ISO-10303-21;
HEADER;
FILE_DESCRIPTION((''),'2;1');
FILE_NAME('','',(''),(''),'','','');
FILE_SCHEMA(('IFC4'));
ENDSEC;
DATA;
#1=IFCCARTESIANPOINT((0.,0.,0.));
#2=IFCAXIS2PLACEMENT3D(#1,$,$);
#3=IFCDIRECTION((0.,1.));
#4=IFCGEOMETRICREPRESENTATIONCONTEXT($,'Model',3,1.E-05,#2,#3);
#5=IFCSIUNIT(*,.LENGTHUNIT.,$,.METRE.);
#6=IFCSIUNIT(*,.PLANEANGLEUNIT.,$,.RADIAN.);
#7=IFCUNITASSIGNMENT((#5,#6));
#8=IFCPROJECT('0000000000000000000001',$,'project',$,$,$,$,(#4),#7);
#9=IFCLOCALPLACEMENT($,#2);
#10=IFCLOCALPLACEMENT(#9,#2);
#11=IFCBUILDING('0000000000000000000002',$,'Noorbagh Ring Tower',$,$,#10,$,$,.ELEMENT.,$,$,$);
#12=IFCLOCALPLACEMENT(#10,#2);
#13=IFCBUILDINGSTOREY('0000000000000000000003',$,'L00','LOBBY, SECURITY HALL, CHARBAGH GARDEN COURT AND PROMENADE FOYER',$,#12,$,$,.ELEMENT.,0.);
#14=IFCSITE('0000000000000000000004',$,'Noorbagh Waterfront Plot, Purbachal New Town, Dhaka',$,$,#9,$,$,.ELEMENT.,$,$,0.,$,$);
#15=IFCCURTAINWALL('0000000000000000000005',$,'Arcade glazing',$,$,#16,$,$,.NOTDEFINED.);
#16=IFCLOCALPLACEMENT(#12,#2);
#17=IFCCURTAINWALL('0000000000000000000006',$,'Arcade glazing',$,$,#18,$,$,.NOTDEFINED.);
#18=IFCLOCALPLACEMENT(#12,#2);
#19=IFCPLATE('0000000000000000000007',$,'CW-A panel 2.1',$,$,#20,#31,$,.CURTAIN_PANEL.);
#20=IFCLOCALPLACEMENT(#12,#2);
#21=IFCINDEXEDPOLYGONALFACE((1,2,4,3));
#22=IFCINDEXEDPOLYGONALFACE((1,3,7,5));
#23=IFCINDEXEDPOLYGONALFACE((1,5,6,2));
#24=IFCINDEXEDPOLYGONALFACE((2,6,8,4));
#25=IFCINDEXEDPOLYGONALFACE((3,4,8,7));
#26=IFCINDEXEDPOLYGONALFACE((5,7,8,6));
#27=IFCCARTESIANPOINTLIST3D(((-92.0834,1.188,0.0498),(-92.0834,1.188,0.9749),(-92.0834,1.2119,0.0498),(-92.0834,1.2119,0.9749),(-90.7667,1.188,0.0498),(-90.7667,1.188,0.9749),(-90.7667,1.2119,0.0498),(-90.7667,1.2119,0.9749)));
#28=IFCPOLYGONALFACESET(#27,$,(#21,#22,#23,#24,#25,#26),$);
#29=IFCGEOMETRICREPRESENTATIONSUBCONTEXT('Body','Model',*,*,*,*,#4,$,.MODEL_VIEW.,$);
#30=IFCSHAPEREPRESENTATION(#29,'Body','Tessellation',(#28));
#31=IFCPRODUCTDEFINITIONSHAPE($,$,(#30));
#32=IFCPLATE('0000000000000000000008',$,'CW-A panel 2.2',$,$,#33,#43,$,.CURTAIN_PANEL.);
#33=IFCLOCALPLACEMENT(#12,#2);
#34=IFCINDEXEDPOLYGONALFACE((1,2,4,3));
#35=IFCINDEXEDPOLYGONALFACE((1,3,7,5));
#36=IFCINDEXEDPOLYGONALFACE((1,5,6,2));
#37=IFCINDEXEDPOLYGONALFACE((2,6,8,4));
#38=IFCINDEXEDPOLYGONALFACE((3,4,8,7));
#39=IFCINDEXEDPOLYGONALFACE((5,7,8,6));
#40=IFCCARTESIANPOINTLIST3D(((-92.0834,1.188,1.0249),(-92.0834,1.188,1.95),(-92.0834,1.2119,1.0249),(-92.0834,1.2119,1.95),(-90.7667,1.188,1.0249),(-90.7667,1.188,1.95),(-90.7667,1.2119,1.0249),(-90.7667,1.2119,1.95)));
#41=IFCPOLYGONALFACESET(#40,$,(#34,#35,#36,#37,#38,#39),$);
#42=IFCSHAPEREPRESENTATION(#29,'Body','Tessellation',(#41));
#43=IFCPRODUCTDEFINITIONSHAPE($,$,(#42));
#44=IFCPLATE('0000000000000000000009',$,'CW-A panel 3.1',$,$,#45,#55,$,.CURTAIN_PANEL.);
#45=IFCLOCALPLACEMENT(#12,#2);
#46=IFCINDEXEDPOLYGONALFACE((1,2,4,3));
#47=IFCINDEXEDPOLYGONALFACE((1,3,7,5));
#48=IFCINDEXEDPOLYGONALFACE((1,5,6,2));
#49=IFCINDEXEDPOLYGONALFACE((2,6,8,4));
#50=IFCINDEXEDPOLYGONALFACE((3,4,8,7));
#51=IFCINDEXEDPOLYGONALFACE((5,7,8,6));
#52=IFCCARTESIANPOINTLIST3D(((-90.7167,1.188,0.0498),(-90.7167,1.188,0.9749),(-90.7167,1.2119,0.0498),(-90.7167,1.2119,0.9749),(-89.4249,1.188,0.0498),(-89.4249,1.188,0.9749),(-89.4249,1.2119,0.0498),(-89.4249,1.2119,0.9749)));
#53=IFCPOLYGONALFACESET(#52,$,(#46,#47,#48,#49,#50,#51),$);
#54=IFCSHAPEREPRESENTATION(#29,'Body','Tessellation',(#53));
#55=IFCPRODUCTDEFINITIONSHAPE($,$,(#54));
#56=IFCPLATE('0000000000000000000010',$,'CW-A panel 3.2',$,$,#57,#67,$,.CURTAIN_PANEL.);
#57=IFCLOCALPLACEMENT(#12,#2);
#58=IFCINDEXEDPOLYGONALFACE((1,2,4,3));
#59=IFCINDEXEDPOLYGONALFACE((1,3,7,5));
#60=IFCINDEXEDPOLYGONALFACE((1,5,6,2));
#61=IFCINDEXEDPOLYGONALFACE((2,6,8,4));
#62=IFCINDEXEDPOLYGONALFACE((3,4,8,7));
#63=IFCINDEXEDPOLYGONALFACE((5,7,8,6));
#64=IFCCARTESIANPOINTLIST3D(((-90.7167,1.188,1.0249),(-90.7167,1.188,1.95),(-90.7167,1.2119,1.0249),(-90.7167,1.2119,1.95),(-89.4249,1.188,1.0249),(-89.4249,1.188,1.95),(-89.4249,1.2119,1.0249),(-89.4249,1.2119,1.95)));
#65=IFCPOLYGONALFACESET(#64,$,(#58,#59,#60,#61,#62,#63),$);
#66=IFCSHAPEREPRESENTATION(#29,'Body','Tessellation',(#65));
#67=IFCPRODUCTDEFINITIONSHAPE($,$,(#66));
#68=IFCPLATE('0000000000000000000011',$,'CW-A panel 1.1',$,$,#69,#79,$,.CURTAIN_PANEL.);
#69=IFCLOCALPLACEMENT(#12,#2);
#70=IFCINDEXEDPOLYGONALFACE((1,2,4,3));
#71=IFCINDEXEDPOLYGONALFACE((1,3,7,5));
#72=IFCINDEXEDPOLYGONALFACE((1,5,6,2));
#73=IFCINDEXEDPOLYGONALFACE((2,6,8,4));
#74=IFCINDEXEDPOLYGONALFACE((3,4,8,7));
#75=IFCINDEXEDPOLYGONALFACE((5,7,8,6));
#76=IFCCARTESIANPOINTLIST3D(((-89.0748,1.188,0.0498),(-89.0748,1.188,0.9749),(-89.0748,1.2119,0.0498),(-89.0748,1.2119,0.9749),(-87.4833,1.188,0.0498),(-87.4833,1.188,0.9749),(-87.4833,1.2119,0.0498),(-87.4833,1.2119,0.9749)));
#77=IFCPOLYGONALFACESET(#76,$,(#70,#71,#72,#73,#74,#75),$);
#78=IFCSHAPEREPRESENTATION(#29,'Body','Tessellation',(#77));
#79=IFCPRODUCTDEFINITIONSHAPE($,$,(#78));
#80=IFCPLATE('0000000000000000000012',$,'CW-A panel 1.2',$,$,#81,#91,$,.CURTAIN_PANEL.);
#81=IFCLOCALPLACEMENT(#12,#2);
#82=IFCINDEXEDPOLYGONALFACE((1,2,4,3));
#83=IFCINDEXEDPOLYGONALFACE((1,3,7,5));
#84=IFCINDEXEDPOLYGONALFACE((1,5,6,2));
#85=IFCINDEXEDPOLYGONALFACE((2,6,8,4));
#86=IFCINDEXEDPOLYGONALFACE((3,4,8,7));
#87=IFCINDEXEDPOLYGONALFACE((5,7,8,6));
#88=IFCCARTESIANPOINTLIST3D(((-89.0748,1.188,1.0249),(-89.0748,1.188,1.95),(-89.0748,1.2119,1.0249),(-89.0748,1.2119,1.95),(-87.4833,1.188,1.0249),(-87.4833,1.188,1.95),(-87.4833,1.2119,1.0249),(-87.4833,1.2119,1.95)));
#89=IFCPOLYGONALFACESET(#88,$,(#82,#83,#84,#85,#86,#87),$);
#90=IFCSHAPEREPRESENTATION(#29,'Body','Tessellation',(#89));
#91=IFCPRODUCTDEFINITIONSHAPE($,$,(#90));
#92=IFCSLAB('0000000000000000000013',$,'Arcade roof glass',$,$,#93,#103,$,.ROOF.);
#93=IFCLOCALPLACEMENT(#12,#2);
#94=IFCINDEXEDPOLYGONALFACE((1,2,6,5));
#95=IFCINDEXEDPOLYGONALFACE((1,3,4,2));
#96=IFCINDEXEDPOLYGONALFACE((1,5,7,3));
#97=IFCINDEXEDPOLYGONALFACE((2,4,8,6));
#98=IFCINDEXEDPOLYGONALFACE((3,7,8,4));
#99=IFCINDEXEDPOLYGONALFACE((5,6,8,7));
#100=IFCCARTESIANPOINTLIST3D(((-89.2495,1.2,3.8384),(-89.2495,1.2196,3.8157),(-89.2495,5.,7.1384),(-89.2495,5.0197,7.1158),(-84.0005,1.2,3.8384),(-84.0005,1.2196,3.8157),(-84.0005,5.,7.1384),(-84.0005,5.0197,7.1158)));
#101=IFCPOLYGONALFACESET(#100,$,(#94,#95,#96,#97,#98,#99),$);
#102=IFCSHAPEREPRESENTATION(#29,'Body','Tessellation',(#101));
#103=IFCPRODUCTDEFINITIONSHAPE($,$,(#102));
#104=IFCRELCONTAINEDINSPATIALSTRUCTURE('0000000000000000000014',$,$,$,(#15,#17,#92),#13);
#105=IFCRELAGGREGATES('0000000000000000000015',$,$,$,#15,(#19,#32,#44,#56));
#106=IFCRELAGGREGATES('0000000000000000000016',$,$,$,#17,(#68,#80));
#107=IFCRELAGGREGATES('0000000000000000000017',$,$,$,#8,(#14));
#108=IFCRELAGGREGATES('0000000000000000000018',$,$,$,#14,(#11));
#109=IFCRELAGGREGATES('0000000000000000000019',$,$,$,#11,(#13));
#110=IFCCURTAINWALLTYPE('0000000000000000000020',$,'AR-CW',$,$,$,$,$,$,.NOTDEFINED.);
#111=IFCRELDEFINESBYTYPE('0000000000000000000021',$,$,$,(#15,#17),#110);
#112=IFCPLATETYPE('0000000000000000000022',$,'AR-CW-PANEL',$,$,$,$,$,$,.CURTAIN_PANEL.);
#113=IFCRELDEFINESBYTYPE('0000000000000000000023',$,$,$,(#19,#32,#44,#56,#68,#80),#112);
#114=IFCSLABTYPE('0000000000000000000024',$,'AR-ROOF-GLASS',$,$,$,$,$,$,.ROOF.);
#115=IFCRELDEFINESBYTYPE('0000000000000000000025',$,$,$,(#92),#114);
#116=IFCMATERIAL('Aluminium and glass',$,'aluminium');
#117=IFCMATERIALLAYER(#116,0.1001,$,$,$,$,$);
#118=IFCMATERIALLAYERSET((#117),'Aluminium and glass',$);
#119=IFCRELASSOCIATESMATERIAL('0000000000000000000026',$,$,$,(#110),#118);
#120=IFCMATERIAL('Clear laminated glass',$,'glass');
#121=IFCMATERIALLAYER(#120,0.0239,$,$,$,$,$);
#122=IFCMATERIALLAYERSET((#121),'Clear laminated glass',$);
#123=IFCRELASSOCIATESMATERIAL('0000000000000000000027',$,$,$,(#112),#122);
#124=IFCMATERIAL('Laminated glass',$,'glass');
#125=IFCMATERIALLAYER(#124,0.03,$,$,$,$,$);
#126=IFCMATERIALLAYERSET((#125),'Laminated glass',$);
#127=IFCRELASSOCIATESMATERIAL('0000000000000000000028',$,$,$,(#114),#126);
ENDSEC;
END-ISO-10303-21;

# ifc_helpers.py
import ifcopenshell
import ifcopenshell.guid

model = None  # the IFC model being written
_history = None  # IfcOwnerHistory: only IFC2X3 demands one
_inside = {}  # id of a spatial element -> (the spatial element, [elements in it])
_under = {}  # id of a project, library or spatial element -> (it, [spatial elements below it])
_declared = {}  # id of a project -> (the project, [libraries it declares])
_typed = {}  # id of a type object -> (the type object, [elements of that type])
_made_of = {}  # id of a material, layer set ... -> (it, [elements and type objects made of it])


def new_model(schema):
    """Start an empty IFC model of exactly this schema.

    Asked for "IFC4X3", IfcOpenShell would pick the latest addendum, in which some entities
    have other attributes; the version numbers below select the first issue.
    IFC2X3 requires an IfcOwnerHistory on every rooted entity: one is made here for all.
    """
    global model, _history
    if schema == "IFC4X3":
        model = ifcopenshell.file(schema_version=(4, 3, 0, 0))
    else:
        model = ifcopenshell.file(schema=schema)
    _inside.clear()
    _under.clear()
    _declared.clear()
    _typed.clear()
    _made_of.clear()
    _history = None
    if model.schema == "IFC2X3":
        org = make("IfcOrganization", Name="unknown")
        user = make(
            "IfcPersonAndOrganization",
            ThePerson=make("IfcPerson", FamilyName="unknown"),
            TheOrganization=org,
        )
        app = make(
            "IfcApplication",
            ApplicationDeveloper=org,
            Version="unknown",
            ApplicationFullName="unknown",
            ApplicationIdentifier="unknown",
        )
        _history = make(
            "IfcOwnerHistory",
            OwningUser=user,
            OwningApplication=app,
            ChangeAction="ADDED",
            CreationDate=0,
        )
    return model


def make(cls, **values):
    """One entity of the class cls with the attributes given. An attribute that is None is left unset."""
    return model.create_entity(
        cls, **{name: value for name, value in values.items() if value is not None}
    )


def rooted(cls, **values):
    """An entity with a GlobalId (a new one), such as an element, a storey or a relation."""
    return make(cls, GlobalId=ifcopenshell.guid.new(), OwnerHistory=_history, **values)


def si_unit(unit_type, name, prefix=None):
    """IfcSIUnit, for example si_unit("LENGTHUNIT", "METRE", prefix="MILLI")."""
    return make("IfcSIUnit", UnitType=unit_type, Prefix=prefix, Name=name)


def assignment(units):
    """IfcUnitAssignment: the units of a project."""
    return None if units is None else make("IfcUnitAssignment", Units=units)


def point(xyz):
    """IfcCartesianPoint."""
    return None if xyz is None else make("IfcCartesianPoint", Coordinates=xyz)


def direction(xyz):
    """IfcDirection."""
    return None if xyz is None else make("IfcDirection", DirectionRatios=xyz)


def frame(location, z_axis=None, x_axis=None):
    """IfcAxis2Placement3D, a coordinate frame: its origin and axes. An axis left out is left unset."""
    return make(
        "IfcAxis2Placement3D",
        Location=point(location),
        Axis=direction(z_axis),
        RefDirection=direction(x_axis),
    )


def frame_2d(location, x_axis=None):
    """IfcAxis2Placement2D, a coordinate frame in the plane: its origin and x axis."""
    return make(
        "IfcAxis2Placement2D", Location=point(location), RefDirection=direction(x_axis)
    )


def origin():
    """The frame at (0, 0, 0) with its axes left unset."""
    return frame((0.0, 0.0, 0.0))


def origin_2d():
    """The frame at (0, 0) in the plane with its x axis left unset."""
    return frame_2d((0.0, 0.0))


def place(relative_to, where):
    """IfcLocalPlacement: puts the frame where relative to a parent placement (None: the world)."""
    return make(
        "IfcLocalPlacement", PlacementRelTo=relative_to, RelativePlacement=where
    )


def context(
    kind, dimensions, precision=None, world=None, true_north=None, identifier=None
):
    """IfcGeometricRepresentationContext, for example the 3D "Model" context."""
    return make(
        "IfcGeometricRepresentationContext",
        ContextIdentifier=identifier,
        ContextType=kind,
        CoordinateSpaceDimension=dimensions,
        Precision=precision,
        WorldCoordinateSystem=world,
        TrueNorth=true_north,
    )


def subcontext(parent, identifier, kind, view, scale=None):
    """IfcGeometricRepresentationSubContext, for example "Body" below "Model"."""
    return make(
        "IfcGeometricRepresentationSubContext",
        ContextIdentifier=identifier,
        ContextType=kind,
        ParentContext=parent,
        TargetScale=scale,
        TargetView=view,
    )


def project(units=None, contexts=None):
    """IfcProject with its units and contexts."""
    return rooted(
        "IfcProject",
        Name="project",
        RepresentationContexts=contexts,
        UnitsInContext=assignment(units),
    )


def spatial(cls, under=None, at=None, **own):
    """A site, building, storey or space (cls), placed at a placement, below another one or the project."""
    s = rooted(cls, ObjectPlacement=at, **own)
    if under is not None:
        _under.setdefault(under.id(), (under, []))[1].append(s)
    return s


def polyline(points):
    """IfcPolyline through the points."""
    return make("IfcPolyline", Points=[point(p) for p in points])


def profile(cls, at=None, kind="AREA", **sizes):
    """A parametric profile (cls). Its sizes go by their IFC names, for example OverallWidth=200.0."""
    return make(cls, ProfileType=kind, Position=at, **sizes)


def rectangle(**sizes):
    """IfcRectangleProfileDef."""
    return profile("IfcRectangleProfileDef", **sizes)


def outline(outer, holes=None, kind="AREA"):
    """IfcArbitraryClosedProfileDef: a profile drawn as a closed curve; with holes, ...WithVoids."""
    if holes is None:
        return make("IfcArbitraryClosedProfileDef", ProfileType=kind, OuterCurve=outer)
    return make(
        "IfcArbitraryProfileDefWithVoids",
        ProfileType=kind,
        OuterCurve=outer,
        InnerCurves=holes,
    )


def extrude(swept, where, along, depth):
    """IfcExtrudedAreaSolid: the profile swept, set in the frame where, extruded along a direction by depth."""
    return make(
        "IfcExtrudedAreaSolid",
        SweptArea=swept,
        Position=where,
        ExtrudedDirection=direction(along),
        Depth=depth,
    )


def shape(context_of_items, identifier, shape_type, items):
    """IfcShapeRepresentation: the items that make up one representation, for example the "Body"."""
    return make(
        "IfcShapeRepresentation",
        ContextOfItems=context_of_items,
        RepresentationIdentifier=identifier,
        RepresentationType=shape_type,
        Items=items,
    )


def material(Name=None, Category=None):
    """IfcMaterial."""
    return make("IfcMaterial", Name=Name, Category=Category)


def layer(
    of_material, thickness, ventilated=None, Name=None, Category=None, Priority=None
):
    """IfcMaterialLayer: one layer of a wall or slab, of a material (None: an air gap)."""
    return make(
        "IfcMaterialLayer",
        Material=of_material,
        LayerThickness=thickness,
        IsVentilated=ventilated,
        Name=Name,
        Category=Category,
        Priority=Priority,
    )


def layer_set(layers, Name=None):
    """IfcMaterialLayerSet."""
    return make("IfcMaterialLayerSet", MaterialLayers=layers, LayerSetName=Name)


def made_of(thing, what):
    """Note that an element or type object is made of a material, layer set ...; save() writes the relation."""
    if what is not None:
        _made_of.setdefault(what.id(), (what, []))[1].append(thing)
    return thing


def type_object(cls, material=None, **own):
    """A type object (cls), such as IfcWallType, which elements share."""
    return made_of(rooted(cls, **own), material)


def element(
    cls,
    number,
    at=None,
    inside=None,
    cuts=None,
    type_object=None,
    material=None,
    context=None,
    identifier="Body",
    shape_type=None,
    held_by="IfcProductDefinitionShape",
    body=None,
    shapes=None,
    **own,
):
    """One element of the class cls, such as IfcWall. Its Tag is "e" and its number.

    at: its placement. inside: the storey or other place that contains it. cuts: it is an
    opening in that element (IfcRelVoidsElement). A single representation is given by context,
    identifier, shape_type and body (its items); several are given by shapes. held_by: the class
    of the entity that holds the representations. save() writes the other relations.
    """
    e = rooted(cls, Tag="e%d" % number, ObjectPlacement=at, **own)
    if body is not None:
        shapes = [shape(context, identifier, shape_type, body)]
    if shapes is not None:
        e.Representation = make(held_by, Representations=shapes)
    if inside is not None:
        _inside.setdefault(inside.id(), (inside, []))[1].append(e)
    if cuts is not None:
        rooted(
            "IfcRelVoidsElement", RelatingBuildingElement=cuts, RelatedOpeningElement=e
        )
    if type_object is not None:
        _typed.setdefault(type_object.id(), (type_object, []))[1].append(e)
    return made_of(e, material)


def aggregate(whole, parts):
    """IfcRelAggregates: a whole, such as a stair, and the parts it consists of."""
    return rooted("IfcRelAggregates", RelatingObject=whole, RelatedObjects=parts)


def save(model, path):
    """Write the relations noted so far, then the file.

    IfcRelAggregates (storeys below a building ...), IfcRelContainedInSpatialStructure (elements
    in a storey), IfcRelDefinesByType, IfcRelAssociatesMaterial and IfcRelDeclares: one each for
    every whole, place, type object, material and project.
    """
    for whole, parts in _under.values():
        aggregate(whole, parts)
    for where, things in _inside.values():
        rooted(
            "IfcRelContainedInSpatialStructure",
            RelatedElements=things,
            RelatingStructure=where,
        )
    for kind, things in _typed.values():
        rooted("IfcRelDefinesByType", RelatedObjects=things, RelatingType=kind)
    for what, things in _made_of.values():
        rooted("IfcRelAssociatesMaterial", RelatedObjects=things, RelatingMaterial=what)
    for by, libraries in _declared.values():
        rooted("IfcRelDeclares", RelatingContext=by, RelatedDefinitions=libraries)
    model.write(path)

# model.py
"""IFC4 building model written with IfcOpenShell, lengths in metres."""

from ifc_helpers import new_model, si_unit, direction, frame, origin, origin_2d, place, context, subcontext, project, spatial, polyline, rectangle, outline, extrude, material, layer, layer_set, type_object, element, aggregate, save


model = new_model("IFC4")

# Units and contexts
model_context = context("Model", 3, precision=1e-05, world=origin(), true_north=direction((0.0, 1.0)))
body_context = subcontext(model_context, "Body", "Model", "MODEL_VIEW")
ifc_project = project(units=[si_unit("LENGTHUNIT", "METRE"), si_unit("PLANEANGLEUNIT", "RADIAN")], contexts=[model_context])

# Site, building, storey
site_placement = place(None, origin())
site = spatial("IfcSite", under=ifc_project, at=site_placement, Name="Noorbagh Waterfront Plot, Purbachal New Town, Dhaka", CompositionType="ELEMENT", RefElevation=0.0)
building_placement = place(site_placement, origin())
building = spatial("IfcBuilding", under=site, at=building_placement, Name="Noorbagh Ring Tower", CompositionType="ELEMENT")
storey_placement = place(building_placement, origin())
storey = spatial("IfcBuildingStorey", under=building, at=storey_placement, Name="L00", Description="LOBBY, SECURITY HALL, CHARBAGH GARDEN COURT AND PROMENADE FOYER", CompositionType="ELEMENT", Elevation=0.0)

# Curtain walls
ifc_material_1 = material(Name="Aluminium and glass", Category="aluminium")
ifc_layer_1 = layer(ifc_material_1, 0.1001)
ifc_layer_set_1 = layer_set([ifc_layer_1], Name="Aluminium and glass")
curtain_wall_type = type_object("IfcCurtainWallType", Name="AR-CW", PredefinedType="NOTDEFINED", material=ifc_layer_set_1)
curtain_wall_1_placement = place(storey_placement, origin())
curtain_wall_1 = element("IfcCurtainWall", 1, at=curtain_wall_1_placement, inside=storey, type_object=curtain_wall_type, Name="Arcade glazing", PredefinedType="NOTDEFINED")
curtain_wall_2_placement = place(storey_placement, origin())
curtain_wall_2 = element("IfcCurtainWall", 2, at=curtain_wall_2_placement, inside=storey, type_object=curtain_wall_type, Name="Arcade glazing", PredefinedType="NOTDEFINED")

# Plates
ifc_material_2 = material(Name="Clear laminated glass", Category="glass")
ifc_layer_2 = layer(ifc_material_2, 0.0239)
ifc_layer_set_2 = layer_set([ifc_layer_2], Name="Clear laminated glass")
plate_type = type_object("IfcPlateType", Name="AR-CW-PANEL", PredefinedType="CURTAIN_PANEL", material=ifc_layer_set_2)
plate_1_placement = place(storey_placement, frame((-91.425, 1.2, 0.0498), z_axis=(0.0, 0.0, 1.0), x_axis=(1.0, 0.0, 0.0)))
plate_1 = element("IfcPlate", 3, at=plate_1_placement, type_object=plate_type, Name="CW-A panel 2.1", PredefinedType="CURTAIN_PANEL", context=body_context, shape_type="SweptSolid", body=[
    extrude(rectangle(XDim=1.3167, YDim=0.0239, at=origin_2d()), origin(), (0.0, 0.0, 1.0), 0.925),
])
plate_2_placement = place(storey_placement, frame((-91.425, 1.2, 1.0249), z_axis=(0.0, 0.0, 1.0), x_axis=(1.0, 0.0, 0.0)))
plate_2 = element("IfcPlate", 4, at=plate_2_placement, type_object=plate_type, Name="CW-A panel 2.2", PredefinedType="CURTAIN_PANEL", context=body_context, shape_type="SweptSolid", body=[
    extrude(rectangle(XDim=1.3167, YDim=0.0239, at=origin_2d()), origin(), (0.0, 0.0, 1.0), 0.925),
])
plate_3_placement = place(storey_placement, frame((-90.0708, 1.2, 0.0498), z_axis=(0.0, 0.0, 1.0), x_axis=(1.0, 0.0, 0.0)))
plate_3 = element("IfcPlate", 5, at=plate_3_placement, type_object=plate_type, Name="CW-A panel 3.1", PredefinedType="CURTAIN_PANEL", context=body_context, shape_type="SweptSolid", body=[
    extrude(rectangle(XDim=1.2917, YDim=0.0239, at=origin_2d()), origin(), (0.0, 0.0, 1.0), 0.925),
])
plate_4_placement = place(storey_placement, frame((-90.0708, 1.2, 1.0249), z_axis=(0.0, 0.0, 1.0), x_axis=(1.0, 0.0, 0.0)))
plate_4 = element("IfcPlate", 6, at=plate_4_placement, type_object=plate_type, Name="CW-A panel 3.2", PredefinedType="CURTAIN_PANEL", context=body_context, shape_type="SweptSolid", body=[
    extrude(rectangle(XDim=1.2917, YDim=0.0239, at=origin_2d()), origin(), (0.0, 0.0, 1.0), 0.925),
])
aggregate(curtain_wall_1, [plate_1, plate_2, plate_3, plate_4])
plate_5_placement = place(storey_placement, frame((-88.2791, 1.2, 0.0498), z_axis=(0.0, 0.0, 1.0), x_axis=(1.0, 0.0, 0.0)))
plate_5 = element("IfcPlate", 7, at=plate_5_placement, type_object=plate_type, Name="CW-A panel 1.1", PredefinedType="CURTAIN_PANEL", context=body_context, shape_type="SweptSolid", body=[
    extrude(rectangle(XDim=1.5916, YDim=0.0239, at=origin_2d()), origin(), (0.0, 0.0, 1.0), 0.925),
])
plate_6_placement = place(storey_placement, frame((-88.2791, 1.2, 1.0249), z_axis=(0.0, 0.0, 1.0), x_axis=(1.0, 0.0, 0.0)))
plate_6 = element("IfcPlate", 8, at=plate_6_placement, type_object=plate_type, Name="CW-A panel 1.2", PredefinedType="CURTAIN_PANEL", context=body_context, shape_type="SweptSolid", body=[
    extrude(rectangle(XDim=1.5916, YDim=0.0239, at=origin_2d()), origin(), (0.0, 0.0, 1.0), 0.925),
])
aggregate(curtain_wall_2, [plate_5, plate_6])

# Slab
ifc_material_3 = material(Name="Laminated glass", Category="glass")
ifc_layer_3 = layer(ifc_material_3, 0.03)
ifc_layer_set_3 = layer_set([ifc_layer_3], Name="Laminated glass")
slab_type = type_object("IfcSlabType", Name="AR-ROOF-GLASS", PredefinedType="ROOF", material=ifc_layer_set_3)
slab_placement = place(storey_placement, frame((-89.2495, 1.2, 3.8384), z_axis=(0.0, -0.655687, 0.755032), x_axis=(1.0, 0.0, 0.0)))
element("IfcSlab", 9, at=slab_placement, inside=storey, type_object=slab_type, Name="Arcade roof glass", PredefinedType="ROOF", context=body_context, shape_type="SweptSolid", body=[
    extrude(outline(polyline([(0.0, 0.0), (5.249, 0.0), (5.249, 5.033), (0.0, 5.033), (0.0, 0.0)])), origin(), (0.0, 0.0, -1.0), 0.03),
])

save(model, "model.ifc")
